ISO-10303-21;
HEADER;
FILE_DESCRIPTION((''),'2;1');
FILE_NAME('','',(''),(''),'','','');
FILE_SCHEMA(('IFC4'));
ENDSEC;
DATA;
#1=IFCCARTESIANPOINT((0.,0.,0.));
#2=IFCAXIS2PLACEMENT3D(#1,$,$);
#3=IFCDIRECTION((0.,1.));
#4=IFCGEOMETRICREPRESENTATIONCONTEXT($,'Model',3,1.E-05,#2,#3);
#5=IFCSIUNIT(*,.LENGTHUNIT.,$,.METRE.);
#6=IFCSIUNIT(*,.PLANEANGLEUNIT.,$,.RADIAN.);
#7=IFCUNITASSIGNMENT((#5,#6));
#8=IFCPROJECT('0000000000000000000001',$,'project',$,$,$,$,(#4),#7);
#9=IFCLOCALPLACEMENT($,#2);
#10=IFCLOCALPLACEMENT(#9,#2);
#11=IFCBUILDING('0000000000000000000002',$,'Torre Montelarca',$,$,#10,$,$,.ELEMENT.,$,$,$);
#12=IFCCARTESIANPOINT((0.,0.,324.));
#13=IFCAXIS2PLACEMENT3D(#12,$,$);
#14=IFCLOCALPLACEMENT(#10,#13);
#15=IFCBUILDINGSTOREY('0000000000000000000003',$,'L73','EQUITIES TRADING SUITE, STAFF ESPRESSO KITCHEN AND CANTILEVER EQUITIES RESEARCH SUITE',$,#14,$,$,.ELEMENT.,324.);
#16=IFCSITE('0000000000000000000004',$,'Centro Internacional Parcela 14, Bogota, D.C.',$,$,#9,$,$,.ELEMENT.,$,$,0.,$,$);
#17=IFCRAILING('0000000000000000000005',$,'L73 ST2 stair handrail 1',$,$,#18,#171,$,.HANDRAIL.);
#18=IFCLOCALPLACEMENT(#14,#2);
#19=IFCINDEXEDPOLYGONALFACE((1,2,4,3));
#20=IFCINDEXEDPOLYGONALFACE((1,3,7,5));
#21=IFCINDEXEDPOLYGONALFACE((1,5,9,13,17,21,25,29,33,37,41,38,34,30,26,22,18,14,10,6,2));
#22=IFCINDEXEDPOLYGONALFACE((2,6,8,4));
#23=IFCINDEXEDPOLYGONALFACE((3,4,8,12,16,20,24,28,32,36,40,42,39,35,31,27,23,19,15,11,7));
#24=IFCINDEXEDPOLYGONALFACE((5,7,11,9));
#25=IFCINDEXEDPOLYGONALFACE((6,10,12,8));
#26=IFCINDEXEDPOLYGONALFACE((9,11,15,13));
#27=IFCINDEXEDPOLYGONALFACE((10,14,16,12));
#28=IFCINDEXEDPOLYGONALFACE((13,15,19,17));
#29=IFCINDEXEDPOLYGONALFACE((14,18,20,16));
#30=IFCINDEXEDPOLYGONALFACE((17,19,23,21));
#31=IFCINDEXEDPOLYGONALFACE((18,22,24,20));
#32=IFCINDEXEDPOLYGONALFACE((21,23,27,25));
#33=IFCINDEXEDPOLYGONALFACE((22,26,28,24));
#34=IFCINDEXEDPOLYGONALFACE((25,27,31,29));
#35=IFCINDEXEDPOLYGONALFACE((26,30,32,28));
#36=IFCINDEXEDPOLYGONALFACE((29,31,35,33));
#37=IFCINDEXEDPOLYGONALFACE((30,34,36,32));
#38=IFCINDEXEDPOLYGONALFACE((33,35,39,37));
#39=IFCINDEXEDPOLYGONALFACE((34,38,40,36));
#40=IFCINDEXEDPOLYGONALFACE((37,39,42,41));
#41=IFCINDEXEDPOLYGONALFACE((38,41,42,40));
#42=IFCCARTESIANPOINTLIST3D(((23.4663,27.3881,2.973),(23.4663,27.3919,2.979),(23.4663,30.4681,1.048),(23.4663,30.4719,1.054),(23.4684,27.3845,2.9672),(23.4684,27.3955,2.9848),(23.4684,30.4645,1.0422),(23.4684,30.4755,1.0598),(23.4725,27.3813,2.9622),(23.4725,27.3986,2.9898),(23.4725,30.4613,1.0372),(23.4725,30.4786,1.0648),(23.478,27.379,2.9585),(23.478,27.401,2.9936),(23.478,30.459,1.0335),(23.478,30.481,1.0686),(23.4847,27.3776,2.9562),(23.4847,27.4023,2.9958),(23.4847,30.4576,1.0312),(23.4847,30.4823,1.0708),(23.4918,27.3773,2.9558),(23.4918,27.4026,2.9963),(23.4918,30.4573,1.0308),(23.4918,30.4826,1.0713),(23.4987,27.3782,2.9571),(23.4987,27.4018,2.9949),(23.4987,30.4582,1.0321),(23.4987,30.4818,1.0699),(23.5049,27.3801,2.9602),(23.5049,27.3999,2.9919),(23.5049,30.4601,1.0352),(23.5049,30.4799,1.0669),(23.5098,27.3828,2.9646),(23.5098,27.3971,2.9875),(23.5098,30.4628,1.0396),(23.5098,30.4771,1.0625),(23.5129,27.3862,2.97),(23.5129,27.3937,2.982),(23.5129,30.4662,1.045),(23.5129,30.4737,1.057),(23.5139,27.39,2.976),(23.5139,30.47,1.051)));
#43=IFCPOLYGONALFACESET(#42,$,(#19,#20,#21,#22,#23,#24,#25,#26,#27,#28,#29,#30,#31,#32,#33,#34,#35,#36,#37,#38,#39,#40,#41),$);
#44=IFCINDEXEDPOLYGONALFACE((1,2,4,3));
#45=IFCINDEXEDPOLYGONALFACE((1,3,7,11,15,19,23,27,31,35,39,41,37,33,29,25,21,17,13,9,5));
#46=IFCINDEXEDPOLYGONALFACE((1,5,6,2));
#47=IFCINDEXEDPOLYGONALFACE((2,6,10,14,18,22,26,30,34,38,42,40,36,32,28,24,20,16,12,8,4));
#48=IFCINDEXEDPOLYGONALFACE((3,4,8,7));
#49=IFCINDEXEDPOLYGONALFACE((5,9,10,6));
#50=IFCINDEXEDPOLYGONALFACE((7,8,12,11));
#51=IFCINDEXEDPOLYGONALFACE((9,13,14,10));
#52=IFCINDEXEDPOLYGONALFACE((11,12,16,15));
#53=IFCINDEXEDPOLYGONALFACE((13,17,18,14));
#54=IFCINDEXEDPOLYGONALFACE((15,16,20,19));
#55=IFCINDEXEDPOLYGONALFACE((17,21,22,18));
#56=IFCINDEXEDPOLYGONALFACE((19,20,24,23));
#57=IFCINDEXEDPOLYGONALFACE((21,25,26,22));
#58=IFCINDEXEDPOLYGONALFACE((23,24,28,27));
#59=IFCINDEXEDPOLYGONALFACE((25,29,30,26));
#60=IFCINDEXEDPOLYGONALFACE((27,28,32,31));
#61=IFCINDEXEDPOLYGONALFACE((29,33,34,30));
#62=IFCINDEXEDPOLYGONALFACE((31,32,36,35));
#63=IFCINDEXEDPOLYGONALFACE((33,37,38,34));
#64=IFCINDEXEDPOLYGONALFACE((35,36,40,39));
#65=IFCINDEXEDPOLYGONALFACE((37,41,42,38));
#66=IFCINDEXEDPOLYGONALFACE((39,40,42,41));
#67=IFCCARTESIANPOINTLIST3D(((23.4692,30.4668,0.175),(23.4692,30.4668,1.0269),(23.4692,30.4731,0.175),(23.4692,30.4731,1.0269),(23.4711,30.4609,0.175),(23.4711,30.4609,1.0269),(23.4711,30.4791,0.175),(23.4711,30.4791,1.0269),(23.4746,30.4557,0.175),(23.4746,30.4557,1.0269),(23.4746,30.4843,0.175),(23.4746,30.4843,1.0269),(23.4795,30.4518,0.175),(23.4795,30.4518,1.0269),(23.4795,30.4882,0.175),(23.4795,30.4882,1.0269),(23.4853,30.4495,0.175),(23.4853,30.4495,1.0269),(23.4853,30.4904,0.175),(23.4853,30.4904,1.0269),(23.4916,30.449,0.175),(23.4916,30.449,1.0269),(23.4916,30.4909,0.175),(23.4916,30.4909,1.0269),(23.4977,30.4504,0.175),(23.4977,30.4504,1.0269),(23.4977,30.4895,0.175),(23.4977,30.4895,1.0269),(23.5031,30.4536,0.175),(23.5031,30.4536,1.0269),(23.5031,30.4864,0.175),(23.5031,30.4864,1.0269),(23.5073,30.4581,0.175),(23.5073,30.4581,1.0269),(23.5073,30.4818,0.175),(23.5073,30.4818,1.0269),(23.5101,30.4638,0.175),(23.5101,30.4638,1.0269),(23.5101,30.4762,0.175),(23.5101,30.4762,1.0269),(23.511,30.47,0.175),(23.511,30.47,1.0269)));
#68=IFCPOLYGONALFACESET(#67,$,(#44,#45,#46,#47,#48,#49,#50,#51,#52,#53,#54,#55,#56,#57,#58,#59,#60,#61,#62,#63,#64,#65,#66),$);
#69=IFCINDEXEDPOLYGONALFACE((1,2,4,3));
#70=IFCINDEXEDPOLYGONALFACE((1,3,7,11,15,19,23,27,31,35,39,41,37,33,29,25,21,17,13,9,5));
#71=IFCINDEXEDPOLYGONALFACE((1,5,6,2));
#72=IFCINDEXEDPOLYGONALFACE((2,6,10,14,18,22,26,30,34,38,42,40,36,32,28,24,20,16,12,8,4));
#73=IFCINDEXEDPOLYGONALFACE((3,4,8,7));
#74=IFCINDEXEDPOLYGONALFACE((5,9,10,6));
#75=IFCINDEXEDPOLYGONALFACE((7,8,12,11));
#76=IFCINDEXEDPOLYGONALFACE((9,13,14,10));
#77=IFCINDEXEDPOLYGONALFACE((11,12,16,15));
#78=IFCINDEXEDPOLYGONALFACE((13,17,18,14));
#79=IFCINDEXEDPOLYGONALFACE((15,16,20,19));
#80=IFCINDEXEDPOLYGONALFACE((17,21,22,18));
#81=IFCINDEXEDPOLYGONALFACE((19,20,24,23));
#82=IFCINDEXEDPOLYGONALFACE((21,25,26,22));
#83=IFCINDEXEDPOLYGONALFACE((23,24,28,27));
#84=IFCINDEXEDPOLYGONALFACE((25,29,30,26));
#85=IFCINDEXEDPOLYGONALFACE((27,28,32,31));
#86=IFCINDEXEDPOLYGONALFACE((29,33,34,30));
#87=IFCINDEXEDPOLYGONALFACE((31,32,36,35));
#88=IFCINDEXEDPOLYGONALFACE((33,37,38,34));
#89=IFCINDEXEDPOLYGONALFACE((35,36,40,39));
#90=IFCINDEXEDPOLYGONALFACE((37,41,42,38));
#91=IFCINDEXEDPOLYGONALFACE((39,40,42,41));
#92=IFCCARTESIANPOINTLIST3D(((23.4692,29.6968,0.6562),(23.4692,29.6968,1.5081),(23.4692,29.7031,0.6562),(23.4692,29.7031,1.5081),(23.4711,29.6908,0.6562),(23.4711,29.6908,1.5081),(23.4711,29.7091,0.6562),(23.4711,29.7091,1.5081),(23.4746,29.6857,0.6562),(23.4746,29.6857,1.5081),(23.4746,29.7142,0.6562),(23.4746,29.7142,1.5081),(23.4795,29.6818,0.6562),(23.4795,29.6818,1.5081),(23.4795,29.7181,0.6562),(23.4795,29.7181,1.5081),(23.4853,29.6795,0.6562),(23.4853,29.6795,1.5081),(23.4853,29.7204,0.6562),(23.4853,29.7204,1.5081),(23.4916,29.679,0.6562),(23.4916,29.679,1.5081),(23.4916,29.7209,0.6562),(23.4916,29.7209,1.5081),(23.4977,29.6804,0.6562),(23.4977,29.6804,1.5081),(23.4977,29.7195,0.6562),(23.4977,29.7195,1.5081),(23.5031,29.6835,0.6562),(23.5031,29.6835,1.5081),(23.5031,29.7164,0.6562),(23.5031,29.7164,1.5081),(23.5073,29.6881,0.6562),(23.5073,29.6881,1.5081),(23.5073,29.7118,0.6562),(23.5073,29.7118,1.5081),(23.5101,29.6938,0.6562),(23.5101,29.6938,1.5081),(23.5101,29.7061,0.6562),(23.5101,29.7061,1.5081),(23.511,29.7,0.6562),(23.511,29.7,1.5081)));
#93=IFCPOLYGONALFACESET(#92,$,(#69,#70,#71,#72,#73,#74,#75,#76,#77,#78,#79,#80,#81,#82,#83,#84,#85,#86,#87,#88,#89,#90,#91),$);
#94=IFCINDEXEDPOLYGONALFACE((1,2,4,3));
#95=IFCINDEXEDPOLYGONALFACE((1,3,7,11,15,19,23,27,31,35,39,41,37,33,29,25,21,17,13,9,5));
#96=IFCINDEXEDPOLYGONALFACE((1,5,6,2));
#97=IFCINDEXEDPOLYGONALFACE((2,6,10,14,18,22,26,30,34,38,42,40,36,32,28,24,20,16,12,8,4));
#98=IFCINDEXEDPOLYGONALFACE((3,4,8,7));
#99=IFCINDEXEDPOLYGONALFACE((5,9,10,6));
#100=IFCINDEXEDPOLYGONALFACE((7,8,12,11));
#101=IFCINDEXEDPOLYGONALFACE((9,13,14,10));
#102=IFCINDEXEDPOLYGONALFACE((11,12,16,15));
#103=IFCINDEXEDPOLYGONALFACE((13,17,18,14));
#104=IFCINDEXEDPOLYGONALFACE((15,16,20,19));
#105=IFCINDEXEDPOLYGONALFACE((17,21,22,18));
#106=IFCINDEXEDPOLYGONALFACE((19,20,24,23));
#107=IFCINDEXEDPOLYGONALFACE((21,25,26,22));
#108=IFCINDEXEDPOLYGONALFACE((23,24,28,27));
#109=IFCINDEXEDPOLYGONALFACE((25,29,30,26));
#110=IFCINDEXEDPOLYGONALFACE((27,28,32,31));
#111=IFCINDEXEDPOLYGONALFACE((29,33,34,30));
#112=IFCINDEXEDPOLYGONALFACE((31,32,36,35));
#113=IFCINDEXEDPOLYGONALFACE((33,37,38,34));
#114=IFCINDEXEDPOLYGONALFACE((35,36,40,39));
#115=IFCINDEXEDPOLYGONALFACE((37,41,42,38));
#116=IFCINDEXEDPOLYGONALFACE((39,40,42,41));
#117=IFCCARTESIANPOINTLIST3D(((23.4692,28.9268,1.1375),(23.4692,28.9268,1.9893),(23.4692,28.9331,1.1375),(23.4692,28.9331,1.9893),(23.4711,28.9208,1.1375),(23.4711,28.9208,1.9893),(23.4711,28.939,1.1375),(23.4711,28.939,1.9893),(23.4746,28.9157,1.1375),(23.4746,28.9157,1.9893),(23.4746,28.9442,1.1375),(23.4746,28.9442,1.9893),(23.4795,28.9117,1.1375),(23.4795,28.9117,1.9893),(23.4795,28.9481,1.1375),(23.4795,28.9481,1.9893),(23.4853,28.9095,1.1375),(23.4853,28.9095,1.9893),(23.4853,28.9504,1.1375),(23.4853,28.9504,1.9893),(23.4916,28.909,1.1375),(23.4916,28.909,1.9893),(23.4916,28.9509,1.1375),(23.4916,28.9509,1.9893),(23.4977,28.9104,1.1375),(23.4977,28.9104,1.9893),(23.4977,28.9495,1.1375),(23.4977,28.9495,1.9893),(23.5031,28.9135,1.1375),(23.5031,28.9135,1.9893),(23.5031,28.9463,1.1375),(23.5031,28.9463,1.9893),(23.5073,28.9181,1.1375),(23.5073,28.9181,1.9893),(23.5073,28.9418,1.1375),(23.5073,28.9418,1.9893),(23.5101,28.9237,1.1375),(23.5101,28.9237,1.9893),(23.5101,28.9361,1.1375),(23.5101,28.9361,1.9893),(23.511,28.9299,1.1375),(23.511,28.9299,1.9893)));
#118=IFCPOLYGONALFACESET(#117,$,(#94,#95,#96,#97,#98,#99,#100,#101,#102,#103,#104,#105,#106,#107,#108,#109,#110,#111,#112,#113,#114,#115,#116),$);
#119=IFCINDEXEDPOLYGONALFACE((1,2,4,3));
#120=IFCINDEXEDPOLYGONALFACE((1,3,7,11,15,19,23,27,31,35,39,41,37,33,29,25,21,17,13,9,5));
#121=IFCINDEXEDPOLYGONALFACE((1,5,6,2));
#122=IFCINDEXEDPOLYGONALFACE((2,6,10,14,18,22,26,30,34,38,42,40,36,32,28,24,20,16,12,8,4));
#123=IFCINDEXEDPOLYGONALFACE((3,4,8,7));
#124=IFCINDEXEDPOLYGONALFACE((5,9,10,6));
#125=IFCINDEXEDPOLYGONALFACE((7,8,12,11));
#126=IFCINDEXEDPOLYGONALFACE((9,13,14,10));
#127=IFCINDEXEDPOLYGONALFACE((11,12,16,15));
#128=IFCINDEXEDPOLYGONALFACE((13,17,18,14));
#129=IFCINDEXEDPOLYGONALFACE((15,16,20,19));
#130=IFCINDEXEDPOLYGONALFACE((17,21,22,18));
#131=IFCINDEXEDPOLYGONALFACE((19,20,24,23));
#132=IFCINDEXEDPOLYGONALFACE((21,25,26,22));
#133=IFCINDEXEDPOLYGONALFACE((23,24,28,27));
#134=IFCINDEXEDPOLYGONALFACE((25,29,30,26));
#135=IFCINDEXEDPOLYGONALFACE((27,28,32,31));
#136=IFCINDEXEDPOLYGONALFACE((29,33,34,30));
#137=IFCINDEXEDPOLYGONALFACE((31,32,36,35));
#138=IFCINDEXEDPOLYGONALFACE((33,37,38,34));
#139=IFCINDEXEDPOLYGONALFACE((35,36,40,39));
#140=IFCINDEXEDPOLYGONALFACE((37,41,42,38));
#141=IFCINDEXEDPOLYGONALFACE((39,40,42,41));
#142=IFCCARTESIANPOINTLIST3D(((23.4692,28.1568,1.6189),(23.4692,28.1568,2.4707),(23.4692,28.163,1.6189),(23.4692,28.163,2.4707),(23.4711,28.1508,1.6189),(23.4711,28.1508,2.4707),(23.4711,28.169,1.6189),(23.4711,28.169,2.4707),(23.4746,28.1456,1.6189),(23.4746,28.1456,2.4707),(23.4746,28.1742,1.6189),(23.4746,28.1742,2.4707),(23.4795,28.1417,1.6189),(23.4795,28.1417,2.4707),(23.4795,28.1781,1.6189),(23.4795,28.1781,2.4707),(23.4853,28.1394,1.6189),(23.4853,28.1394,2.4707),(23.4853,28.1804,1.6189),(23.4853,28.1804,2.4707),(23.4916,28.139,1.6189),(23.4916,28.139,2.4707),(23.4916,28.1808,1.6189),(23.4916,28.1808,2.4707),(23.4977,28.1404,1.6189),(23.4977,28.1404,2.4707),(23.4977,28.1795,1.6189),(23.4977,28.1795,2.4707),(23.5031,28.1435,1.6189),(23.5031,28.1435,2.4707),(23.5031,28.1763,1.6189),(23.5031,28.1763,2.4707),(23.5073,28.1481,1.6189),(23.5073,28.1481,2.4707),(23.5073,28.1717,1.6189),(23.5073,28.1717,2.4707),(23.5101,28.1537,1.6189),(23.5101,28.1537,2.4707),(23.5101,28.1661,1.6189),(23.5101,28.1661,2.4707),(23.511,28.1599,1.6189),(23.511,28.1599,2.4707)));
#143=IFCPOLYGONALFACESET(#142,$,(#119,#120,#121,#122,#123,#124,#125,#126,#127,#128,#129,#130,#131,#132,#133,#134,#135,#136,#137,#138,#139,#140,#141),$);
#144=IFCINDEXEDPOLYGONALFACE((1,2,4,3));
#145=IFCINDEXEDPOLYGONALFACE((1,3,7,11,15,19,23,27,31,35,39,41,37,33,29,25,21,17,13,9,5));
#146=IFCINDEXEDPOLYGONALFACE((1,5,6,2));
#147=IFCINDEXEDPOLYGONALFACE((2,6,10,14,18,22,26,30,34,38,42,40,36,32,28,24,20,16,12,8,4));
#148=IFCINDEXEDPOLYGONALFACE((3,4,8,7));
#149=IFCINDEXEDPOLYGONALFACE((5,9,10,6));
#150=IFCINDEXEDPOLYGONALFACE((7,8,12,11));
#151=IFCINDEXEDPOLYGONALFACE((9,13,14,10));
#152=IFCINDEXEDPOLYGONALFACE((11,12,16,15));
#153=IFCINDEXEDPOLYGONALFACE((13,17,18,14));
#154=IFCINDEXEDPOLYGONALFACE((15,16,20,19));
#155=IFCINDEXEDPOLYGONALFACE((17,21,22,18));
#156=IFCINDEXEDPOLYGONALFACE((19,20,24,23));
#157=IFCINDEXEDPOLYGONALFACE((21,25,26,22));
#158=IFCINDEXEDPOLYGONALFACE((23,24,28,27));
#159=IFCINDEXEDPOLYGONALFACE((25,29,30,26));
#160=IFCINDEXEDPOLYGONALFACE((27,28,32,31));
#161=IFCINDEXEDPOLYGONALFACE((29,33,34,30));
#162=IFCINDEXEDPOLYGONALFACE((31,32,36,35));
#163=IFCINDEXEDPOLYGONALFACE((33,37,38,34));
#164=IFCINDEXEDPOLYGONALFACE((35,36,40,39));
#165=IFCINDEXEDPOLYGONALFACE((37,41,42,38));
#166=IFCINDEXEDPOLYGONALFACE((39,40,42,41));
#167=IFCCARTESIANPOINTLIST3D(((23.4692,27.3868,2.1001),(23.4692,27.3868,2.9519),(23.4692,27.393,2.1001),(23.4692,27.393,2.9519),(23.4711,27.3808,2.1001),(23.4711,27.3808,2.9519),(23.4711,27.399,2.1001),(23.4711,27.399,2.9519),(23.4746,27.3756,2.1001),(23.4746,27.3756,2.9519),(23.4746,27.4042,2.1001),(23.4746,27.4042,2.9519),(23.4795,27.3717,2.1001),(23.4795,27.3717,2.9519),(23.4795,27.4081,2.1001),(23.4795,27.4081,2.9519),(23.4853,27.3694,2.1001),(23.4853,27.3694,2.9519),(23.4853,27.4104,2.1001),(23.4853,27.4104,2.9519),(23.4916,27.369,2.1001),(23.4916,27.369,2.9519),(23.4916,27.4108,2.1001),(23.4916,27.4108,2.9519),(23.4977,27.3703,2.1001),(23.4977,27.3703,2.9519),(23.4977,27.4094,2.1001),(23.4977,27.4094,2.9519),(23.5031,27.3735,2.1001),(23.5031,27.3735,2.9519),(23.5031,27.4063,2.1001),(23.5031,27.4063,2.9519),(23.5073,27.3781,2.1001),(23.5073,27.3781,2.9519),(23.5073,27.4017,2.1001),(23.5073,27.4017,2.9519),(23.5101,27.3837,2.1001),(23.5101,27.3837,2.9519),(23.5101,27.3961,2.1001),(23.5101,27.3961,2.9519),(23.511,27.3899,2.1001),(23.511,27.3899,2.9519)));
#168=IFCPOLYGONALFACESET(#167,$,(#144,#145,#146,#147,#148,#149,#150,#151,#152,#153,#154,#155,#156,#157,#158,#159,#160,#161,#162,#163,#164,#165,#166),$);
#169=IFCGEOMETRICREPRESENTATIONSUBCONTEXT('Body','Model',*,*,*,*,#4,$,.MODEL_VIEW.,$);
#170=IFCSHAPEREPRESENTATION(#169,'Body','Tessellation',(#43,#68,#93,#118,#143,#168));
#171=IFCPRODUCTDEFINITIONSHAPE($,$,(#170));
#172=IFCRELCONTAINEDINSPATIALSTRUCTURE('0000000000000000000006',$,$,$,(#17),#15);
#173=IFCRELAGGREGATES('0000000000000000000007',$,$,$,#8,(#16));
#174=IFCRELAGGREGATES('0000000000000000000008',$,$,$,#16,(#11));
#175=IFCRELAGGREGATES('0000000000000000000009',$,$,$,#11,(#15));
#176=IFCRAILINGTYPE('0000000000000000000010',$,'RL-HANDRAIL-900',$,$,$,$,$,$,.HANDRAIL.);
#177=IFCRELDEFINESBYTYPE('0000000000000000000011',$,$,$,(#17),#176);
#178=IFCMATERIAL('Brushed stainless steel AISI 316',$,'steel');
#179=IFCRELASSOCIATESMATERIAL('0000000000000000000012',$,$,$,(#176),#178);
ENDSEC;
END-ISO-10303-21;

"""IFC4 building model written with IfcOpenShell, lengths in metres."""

from ifc_helpers import new_model, si_unit, direction, frame, origin, origin_2d, place, context, subcontext, project, spatial, circle, extrude, material, type_object, element, save


model = new_model("IFC4")

# Units and contexts
model_context = context("Model", 3, precision=1e-05, world=origin(), true_north=direction((0.0, 1.0)))
body_context = subcontext(model_context, "Body", "Model", "MODEL_VIEW")
ifc_project = project(units=[si_unit("LENGTHUNIT", "METRE"), si_unit("PLANEANGLEUNIT", "RADIAN")], contexts=[model_context])

# Site, building, storey
site_placement = place(None, origin())
site = spatial("IfcSite", under=ifc_project, at=site_placement, Name="Centro Internacional Parcela 14, Bogota, D.C.", CompositionType="ELEMENT", RefElevation=0.0)
building_placement = place(site_placement, origin())
building = spatial("IfcBuilding", under=site, at=building_placement, Name="Torre Montelarca", CompositionType="ELEMENT")
storey_placement = place(building_placement, frame((0.0, 0.0, 324.0)))
storey = spatial("IfcBuildingStorey", under=building, at=storey_placement, Name="L73", Description="EQUITIES TRADING SUITE, STAFF ESPRESSO KITCHEN AND CANTILEVER EQUITIES RESEARCH SUITE", CompositionType="ELEMENT", Elevation=324.0)

# Railing
ifc_material_1 = material(Name="Brushed stainless steel AISI 316", Category="steel")
railing_type_1 = type_object("IfcRailingType", Name="RL-HANDRAIL-900", PredefinedType="HANDRAIL", material=ifc_material_1)
railing_1_placement = place(storey_placement, frame((23.49, 30.47, 0.175)))
element("IfcRailing", 1, at=railing_1_placement, inside=storey, type_object=railing_type_1, Name="L73 ST2 stair handrail 1", PredefinedType="HANDRAIL", context=body_context, shape_type="SweptSolid", body=[
    extrude(circle(Radius=0.0239, at=origin_2d()), frame((0.0, 0.0, 0.876), z_axis=(0.0, -0.847998, 0.529999), x_axis=(1.0, 0.0, 0.0)), (0.0, 0.0, 1.0), 3.6321),
    extrude(circle(Radius=0.021, at=origin_2d()), origin(), (0.0, 0.0, 1.0), 0.8518),
    extrude(circle(Radius=0.021, at=origin_2d()), frame((0.0, -0.77, 0.4812)), (0.0, 0.0, 1.0), 0.8518),
    extrude(circle(Radius=0.021, at=origin_2d()), frame((0.0, -1.54, 0.9624)), (0.0, 0.0, 1.0), 0.8518),
    extrude(circle(Radius=0.021, at=origin_2d()), frame((0.0, -2.3101, 1.4438)), (0.0, 0.0, 1.0), 0.8518),
    extrude(circle(Radius=0.021, at=origin_2d()), frame((0.0, -3.0801, 1.925)), (0.0, 0.0, 1.0), 0.8518),
])

save(model, "model.ifc")
